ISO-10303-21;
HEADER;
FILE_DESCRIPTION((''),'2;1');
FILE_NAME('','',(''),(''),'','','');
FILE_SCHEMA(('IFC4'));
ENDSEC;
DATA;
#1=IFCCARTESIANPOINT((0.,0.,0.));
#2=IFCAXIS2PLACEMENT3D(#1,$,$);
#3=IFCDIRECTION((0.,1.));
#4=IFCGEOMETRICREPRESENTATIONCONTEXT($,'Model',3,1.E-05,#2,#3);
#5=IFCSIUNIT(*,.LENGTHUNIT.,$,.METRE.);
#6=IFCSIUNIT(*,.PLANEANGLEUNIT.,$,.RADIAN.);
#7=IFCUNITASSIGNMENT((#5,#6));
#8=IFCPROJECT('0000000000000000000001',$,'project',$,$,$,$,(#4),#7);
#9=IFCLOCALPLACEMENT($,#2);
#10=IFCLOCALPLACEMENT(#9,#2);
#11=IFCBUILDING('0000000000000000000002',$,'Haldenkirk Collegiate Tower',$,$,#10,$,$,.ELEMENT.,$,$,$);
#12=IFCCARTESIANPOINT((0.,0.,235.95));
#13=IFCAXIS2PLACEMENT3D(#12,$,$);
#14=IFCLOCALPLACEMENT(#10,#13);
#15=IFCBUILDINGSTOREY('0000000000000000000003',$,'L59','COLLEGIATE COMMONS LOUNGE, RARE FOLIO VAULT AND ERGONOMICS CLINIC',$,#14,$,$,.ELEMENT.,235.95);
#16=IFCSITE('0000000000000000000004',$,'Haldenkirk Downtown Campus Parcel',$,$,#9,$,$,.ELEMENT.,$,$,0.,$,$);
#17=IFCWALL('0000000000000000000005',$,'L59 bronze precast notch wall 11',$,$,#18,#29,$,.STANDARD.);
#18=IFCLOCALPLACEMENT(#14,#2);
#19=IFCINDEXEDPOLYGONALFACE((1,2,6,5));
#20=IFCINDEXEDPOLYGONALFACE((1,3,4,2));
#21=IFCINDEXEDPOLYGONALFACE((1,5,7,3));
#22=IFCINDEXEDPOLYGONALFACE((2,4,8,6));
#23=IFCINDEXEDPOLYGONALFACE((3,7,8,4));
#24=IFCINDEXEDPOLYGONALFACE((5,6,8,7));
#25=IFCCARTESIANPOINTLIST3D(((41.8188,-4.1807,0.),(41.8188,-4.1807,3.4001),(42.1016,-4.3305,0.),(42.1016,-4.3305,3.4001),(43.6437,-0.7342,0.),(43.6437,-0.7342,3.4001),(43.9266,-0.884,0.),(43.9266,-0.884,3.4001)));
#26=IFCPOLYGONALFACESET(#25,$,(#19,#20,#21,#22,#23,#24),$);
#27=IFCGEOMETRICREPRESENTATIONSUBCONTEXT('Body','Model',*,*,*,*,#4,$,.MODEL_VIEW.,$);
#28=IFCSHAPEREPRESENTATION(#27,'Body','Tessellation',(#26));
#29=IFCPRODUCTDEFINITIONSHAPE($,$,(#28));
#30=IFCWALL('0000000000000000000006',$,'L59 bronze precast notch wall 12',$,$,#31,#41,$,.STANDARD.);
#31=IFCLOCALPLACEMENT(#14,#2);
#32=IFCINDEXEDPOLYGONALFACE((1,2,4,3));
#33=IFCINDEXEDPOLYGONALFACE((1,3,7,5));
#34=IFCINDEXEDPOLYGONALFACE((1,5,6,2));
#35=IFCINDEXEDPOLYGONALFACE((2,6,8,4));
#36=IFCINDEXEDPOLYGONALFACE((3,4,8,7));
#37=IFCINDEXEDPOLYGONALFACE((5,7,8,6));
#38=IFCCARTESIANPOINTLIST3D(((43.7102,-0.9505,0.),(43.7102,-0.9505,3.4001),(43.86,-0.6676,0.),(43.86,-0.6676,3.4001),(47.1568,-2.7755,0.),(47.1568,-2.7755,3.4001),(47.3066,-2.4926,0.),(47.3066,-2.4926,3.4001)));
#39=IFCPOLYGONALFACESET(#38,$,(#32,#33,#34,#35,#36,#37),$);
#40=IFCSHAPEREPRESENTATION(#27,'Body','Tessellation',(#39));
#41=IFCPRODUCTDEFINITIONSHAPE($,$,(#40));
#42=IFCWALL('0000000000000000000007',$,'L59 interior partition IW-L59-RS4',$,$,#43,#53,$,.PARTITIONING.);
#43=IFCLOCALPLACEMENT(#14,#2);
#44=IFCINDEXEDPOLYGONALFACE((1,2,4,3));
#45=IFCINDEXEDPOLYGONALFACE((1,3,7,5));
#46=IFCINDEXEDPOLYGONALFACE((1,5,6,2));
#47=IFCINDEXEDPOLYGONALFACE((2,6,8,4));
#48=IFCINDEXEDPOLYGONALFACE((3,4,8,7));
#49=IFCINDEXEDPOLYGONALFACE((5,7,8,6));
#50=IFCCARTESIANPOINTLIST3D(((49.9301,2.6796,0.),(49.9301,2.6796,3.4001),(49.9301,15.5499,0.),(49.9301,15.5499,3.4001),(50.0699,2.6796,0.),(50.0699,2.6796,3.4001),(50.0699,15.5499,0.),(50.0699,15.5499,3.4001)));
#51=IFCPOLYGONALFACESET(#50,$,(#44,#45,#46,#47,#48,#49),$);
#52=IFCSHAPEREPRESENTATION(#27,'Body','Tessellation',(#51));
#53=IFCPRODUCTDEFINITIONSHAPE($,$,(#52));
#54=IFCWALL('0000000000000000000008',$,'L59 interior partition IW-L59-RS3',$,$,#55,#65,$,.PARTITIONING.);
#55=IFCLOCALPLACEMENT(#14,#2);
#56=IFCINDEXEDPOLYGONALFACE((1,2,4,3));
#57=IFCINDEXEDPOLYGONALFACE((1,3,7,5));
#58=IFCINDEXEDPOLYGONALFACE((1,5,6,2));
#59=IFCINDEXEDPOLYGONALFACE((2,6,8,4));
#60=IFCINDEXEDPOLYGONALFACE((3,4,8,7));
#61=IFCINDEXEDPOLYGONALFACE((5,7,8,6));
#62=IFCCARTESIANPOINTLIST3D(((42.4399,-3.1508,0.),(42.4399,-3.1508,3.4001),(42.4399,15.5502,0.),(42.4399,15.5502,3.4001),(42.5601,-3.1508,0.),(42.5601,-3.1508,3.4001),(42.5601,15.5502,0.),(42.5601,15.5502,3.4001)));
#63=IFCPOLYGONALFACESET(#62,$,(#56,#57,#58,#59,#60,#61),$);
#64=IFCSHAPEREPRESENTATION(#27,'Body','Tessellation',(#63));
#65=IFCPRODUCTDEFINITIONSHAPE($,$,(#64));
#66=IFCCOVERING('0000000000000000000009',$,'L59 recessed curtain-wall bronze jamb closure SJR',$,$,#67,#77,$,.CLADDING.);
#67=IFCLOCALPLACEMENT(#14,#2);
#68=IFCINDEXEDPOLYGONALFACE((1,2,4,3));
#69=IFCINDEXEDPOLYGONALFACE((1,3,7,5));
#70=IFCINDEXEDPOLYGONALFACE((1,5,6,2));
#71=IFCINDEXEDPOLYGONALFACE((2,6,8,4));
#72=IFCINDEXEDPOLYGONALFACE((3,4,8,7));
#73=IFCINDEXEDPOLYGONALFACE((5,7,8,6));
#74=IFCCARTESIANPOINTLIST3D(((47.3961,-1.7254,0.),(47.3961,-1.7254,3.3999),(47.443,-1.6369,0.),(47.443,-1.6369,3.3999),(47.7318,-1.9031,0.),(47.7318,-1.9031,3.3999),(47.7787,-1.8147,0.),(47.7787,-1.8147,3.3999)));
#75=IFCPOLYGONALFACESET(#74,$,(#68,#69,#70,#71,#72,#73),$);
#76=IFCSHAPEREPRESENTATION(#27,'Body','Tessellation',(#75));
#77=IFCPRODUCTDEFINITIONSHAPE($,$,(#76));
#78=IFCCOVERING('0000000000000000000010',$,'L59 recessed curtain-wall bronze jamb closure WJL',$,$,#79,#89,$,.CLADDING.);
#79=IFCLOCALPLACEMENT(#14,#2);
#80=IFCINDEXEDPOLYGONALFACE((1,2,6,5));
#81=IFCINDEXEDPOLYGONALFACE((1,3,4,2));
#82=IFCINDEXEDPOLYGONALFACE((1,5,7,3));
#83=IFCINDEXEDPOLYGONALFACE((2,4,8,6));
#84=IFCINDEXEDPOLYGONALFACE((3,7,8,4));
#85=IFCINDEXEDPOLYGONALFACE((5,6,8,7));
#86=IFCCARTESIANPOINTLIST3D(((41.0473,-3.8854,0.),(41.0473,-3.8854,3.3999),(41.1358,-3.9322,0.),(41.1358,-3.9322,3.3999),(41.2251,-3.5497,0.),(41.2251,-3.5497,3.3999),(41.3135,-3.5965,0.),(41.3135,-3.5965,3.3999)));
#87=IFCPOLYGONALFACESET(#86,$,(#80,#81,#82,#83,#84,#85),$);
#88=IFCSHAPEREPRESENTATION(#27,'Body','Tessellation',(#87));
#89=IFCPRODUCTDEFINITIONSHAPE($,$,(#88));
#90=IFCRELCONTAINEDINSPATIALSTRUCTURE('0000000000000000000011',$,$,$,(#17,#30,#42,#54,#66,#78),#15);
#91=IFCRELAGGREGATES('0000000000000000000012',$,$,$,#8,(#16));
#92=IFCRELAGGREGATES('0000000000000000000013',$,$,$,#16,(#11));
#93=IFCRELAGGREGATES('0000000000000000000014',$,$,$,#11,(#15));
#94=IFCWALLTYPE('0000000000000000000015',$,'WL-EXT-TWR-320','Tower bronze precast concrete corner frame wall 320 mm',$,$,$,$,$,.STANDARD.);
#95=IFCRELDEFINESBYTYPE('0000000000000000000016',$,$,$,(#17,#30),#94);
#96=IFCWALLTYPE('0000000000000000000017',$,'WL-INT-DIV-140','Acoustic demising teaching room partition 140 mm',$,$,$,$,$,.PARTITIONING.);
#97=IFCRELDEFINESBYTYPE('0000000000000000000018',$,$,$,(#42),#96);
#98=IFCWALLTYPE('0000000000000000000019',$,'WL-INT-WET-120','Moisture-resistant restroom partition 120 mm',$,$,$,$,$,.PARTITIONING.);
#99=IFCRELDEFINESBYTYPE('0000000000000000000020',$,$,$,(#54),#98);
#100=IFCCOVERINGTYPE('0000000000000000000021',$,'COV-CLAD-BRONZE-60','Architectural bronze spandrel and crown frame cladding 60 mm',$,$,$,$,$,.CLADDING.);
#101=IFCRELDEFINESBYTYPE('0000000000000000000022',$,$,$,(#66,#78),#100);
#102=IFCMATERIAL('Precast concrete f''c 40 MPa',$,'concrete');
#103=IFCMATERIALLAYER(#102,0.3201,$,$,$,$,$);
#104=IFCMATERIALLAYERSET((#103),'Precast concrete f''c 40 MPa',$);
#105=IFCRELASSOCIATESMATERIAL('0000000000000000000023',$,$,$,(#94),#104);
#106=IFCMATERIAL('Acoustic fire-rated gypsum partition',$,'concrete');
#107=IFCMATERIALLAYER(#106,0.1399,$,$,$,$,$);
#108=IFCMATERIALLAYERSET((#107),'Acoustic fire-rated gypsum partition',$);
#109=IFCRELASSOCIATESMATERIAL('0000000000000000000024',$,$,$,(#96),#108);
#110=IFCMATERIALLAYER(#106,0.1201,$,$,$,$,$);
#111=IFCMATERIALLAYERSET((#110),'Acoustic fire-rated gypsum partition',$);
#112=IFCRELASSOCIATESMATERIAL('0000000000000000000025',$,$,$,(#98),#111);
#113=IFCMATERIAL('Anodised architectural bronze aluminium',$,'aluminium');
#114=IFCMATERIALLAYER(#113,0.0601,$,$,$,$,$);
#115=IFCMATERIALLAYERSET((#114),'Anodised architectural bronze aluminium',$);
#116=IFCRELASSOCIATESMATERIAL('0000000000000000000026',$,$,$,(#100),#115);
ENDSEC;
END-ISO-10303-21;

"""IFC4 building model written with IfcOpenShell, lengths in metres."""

from ifc_helpers import new_model, si_unit, direction, frame, frame_2d, origin, origin_2d, place, context, subcontext, project, spatial, rectangle, extrude, source, transform, mapped, material, layer, layer_set, type_object, element, save


model = new_model("IFC4")

# Units and contexts
model_context = context("Model", 3, precision=1e-05, world=origin(), true_north=direction((0.0, 1.0)))
body_context = subcontext(model_context, "Body", "Model", "MODEL_VIEW")
ifc_project = project(units=[si_unit("LENGTHUNIT", "METRE"), si_unit("PLANEANGLEUNIT", "RADIAN")], contexts=[model_context])

# Site, building, storey
site_placement = place(None, origin())
site = spatial("IfcSite", under=ifc_project, at=site_placement, Name="Haldenkirk Downtown Campus Parcel", CompositionType="ELEMENT", RefElevation=0.0)
building_placement = place(site_placement, origin())
building = spatial("IfcBuilding", under=site, at=building_placement, Name="Haldenkirk Collegiate Tower", CompositionType="ELEMENT")
storey_placement = place(building_placement, frame((0.0, 0.0, 235.95)))
storey = spatial("IfcBuildingStorey", under=building, at=storey_placement, Name="L59", Description="COLLEGIATE COMMONS LOUNGE, RARE FOLIO VAULT AND ERGONOMICS CLINIC", CompositionType="ELEMENT", Elevation=235.95)

# Shared definitions
ifc_material_1 = material(Name="Anodised architectural bronze aluminium", Category="aluminium")

# Walls
ifc_material_2 = material(Name="Precast concrete f'c 40 MPa", Category="concrete")
ifc_layer_1 = layer(ifc_material_2, 0.3201)
ifc_layer_set_1 = layer_set([ifc_layer_1], Name="Precast concrete f'c 40 MPa")
wall_type_1 = type_object("IfcWallType", Name="WL-EXT-TWR-320", Description="Tower bronze precast concrete corner frame wall 320 mm", PredefinedType="STANDARD", material=ifc_layer_set_1)
for number, where, z_axis, x_axis, name in (
    (1, (43.7852, -0.8091, 0.0), (0.0, 0.0, 1.0), (-0.467951, -0.883754, 0.0), "L59 bronze precast notch wall 11"),
    (2, (47.2317, -2.634, 0.0), (0.0, 0.0, 1.0), (-0.883754, 0.467951, 0.0), "L59 bronze precast notch wall 12"),
):
    element("IfcWall", number, at=place(storey_placement, frame(where, z_axis=z_axis, x_axis=x_axis)), inside=storey, type_object=wall_type_1, Name=name, PredefinedType="STANDARD", context=body_context, shape_type="SweptSolid", body=[
        extrude(rectangle(XDim=3.8999, YDim=0.3201, at=frame_2d((1.95, 0.0))), origin(), (0.0, 0.0, 1.0), 3.4001),
    ])
ifc_material_3 = material(Name="Acoustic fire-rated gypsum partition", Category="concrete")
ifc_layer_2 = layer(ifc_material_3, 0.1399)
ifc_layer_set_2 = layer_set([ifc_layer_2], Name="Acoustic fire-rated gypsum partition")
wall_type_2 = type_object("IfcWallType", Name="WL-INT-DIV-140", Description="Acoustic demising teaching room partition 140 mm", PredefinedType="PARTITIONING", material=ifc_layer_set_2)
wall_1_placement = place(storey_placement, frame((50.0, 2.6797, 0.0), z_axis=(0.0, 0.0, 1.0), x_axis=(0.0, 1.0, 0.0)))
element("IfcWall", 3, at=wall_1_placement, inside=storey, type_object=wall_type_2, Name="L59 interior partition IW-L59-RS4", PredefinedType="PARTITIONING", context=body_context, shape_type="SweptSolid", body=[
    extrude(rectangle(XDim=12.8704, YDim=0.1399, at=frame_2d((6.4351, 0.0))), origin(), (0.0, 0.0, 1.0), 3.4001),
])
ifc_layer_3 = layer(ifc_material_3, 0.1201)
ifc_layer_set_3 = layer_set([ifc_layer_3], Name="Acoustic fire-rated gypsum partition")
wall_type_3 = type_object("IfcWallType", Name="WL-INT-WET-120", Description="Moisture-resistant restroom partition 120 mm", PredefinedType="PARTITIONING", material=ifc_layer_set_3)
wall_2_placement = place(storey_placement, frame((42.5, -3.1509, 0.0), z_axis=(0.0, 0.0, 1.0), x_axis=(0.0, 1.0, 0.0)))
element("IfcWall", 4, at=wall_2_placement, inside=storey, type_object=wall_type_3, Name="L59 interior partition IW-L59-RS3", PredefinedType="PARTITIONING", context=body_context, shape_type="SweptSolid", body=[
    extrude(rectangle(XDim=18.7009, YDim=0.1201, at=frame_2d((9.3506, 0.0))), origin(), (0.0, 0.0, 1.0), 3.4001),
])

# Coverings
ifc_layer_4 = layer(ifc_material_1, 0.0601)
ifc_layer_set_4 = layer_set([ifc_layer_4], Name="Anodised architectural bronze aluminium")
covering_type = type_object("IfcCoveringType", Name="COV-CLAD-BRONZE-60", Description="Architectural bronze spandrel and crown frame cladding 60 mm", PredefinedType="CLADDING", material=ifc_layer_set_4)
shared_shape_1 = source(origin(), body_context, "Body", "SweptSolid", [
    extrude(rectangle(XDim=0.1001, YDim=0.3799, at=origin_2d()), origin(), (0.0, 0.0, 1.0), 3.3999),
])
for number, where, z_axis, x_axis, name in (
    (5, (47.5874, -1.77, 0.0), (0.0, 0.0, 1.0), (-0.46793, -0.883766, 0.0), "L59 recessed curtain-wall bronze jamb closure SJR"),
    (6, (41.1804, -3.741, 0.0), (0.0, 0.0, 1.0), (-0.883766, 0.46793, 0.0), "L59 recessed curtain-wall bronze jamb closure WJL"),
):
    element("IfcCovering", number, at=place(storey_placement, frame(where, z_axis=z_axis, x_axis=x_axis)), inside=storey, type_object=covering_type, Name=name, PredefinedType="CLADDING", context=body_context, shape_type="MappedRepresentation", body=[
        mapped(shared_shape_1, transform((0.0, 0.0, 0.0), x_axis=(1.0, 0.0, 0.0), y_axis=(0.0, 1.0, 0.0), z_axis=(0.0, 0.0, 1.0), scale=1.0)),
    ])

save(model, "model.ifc")
